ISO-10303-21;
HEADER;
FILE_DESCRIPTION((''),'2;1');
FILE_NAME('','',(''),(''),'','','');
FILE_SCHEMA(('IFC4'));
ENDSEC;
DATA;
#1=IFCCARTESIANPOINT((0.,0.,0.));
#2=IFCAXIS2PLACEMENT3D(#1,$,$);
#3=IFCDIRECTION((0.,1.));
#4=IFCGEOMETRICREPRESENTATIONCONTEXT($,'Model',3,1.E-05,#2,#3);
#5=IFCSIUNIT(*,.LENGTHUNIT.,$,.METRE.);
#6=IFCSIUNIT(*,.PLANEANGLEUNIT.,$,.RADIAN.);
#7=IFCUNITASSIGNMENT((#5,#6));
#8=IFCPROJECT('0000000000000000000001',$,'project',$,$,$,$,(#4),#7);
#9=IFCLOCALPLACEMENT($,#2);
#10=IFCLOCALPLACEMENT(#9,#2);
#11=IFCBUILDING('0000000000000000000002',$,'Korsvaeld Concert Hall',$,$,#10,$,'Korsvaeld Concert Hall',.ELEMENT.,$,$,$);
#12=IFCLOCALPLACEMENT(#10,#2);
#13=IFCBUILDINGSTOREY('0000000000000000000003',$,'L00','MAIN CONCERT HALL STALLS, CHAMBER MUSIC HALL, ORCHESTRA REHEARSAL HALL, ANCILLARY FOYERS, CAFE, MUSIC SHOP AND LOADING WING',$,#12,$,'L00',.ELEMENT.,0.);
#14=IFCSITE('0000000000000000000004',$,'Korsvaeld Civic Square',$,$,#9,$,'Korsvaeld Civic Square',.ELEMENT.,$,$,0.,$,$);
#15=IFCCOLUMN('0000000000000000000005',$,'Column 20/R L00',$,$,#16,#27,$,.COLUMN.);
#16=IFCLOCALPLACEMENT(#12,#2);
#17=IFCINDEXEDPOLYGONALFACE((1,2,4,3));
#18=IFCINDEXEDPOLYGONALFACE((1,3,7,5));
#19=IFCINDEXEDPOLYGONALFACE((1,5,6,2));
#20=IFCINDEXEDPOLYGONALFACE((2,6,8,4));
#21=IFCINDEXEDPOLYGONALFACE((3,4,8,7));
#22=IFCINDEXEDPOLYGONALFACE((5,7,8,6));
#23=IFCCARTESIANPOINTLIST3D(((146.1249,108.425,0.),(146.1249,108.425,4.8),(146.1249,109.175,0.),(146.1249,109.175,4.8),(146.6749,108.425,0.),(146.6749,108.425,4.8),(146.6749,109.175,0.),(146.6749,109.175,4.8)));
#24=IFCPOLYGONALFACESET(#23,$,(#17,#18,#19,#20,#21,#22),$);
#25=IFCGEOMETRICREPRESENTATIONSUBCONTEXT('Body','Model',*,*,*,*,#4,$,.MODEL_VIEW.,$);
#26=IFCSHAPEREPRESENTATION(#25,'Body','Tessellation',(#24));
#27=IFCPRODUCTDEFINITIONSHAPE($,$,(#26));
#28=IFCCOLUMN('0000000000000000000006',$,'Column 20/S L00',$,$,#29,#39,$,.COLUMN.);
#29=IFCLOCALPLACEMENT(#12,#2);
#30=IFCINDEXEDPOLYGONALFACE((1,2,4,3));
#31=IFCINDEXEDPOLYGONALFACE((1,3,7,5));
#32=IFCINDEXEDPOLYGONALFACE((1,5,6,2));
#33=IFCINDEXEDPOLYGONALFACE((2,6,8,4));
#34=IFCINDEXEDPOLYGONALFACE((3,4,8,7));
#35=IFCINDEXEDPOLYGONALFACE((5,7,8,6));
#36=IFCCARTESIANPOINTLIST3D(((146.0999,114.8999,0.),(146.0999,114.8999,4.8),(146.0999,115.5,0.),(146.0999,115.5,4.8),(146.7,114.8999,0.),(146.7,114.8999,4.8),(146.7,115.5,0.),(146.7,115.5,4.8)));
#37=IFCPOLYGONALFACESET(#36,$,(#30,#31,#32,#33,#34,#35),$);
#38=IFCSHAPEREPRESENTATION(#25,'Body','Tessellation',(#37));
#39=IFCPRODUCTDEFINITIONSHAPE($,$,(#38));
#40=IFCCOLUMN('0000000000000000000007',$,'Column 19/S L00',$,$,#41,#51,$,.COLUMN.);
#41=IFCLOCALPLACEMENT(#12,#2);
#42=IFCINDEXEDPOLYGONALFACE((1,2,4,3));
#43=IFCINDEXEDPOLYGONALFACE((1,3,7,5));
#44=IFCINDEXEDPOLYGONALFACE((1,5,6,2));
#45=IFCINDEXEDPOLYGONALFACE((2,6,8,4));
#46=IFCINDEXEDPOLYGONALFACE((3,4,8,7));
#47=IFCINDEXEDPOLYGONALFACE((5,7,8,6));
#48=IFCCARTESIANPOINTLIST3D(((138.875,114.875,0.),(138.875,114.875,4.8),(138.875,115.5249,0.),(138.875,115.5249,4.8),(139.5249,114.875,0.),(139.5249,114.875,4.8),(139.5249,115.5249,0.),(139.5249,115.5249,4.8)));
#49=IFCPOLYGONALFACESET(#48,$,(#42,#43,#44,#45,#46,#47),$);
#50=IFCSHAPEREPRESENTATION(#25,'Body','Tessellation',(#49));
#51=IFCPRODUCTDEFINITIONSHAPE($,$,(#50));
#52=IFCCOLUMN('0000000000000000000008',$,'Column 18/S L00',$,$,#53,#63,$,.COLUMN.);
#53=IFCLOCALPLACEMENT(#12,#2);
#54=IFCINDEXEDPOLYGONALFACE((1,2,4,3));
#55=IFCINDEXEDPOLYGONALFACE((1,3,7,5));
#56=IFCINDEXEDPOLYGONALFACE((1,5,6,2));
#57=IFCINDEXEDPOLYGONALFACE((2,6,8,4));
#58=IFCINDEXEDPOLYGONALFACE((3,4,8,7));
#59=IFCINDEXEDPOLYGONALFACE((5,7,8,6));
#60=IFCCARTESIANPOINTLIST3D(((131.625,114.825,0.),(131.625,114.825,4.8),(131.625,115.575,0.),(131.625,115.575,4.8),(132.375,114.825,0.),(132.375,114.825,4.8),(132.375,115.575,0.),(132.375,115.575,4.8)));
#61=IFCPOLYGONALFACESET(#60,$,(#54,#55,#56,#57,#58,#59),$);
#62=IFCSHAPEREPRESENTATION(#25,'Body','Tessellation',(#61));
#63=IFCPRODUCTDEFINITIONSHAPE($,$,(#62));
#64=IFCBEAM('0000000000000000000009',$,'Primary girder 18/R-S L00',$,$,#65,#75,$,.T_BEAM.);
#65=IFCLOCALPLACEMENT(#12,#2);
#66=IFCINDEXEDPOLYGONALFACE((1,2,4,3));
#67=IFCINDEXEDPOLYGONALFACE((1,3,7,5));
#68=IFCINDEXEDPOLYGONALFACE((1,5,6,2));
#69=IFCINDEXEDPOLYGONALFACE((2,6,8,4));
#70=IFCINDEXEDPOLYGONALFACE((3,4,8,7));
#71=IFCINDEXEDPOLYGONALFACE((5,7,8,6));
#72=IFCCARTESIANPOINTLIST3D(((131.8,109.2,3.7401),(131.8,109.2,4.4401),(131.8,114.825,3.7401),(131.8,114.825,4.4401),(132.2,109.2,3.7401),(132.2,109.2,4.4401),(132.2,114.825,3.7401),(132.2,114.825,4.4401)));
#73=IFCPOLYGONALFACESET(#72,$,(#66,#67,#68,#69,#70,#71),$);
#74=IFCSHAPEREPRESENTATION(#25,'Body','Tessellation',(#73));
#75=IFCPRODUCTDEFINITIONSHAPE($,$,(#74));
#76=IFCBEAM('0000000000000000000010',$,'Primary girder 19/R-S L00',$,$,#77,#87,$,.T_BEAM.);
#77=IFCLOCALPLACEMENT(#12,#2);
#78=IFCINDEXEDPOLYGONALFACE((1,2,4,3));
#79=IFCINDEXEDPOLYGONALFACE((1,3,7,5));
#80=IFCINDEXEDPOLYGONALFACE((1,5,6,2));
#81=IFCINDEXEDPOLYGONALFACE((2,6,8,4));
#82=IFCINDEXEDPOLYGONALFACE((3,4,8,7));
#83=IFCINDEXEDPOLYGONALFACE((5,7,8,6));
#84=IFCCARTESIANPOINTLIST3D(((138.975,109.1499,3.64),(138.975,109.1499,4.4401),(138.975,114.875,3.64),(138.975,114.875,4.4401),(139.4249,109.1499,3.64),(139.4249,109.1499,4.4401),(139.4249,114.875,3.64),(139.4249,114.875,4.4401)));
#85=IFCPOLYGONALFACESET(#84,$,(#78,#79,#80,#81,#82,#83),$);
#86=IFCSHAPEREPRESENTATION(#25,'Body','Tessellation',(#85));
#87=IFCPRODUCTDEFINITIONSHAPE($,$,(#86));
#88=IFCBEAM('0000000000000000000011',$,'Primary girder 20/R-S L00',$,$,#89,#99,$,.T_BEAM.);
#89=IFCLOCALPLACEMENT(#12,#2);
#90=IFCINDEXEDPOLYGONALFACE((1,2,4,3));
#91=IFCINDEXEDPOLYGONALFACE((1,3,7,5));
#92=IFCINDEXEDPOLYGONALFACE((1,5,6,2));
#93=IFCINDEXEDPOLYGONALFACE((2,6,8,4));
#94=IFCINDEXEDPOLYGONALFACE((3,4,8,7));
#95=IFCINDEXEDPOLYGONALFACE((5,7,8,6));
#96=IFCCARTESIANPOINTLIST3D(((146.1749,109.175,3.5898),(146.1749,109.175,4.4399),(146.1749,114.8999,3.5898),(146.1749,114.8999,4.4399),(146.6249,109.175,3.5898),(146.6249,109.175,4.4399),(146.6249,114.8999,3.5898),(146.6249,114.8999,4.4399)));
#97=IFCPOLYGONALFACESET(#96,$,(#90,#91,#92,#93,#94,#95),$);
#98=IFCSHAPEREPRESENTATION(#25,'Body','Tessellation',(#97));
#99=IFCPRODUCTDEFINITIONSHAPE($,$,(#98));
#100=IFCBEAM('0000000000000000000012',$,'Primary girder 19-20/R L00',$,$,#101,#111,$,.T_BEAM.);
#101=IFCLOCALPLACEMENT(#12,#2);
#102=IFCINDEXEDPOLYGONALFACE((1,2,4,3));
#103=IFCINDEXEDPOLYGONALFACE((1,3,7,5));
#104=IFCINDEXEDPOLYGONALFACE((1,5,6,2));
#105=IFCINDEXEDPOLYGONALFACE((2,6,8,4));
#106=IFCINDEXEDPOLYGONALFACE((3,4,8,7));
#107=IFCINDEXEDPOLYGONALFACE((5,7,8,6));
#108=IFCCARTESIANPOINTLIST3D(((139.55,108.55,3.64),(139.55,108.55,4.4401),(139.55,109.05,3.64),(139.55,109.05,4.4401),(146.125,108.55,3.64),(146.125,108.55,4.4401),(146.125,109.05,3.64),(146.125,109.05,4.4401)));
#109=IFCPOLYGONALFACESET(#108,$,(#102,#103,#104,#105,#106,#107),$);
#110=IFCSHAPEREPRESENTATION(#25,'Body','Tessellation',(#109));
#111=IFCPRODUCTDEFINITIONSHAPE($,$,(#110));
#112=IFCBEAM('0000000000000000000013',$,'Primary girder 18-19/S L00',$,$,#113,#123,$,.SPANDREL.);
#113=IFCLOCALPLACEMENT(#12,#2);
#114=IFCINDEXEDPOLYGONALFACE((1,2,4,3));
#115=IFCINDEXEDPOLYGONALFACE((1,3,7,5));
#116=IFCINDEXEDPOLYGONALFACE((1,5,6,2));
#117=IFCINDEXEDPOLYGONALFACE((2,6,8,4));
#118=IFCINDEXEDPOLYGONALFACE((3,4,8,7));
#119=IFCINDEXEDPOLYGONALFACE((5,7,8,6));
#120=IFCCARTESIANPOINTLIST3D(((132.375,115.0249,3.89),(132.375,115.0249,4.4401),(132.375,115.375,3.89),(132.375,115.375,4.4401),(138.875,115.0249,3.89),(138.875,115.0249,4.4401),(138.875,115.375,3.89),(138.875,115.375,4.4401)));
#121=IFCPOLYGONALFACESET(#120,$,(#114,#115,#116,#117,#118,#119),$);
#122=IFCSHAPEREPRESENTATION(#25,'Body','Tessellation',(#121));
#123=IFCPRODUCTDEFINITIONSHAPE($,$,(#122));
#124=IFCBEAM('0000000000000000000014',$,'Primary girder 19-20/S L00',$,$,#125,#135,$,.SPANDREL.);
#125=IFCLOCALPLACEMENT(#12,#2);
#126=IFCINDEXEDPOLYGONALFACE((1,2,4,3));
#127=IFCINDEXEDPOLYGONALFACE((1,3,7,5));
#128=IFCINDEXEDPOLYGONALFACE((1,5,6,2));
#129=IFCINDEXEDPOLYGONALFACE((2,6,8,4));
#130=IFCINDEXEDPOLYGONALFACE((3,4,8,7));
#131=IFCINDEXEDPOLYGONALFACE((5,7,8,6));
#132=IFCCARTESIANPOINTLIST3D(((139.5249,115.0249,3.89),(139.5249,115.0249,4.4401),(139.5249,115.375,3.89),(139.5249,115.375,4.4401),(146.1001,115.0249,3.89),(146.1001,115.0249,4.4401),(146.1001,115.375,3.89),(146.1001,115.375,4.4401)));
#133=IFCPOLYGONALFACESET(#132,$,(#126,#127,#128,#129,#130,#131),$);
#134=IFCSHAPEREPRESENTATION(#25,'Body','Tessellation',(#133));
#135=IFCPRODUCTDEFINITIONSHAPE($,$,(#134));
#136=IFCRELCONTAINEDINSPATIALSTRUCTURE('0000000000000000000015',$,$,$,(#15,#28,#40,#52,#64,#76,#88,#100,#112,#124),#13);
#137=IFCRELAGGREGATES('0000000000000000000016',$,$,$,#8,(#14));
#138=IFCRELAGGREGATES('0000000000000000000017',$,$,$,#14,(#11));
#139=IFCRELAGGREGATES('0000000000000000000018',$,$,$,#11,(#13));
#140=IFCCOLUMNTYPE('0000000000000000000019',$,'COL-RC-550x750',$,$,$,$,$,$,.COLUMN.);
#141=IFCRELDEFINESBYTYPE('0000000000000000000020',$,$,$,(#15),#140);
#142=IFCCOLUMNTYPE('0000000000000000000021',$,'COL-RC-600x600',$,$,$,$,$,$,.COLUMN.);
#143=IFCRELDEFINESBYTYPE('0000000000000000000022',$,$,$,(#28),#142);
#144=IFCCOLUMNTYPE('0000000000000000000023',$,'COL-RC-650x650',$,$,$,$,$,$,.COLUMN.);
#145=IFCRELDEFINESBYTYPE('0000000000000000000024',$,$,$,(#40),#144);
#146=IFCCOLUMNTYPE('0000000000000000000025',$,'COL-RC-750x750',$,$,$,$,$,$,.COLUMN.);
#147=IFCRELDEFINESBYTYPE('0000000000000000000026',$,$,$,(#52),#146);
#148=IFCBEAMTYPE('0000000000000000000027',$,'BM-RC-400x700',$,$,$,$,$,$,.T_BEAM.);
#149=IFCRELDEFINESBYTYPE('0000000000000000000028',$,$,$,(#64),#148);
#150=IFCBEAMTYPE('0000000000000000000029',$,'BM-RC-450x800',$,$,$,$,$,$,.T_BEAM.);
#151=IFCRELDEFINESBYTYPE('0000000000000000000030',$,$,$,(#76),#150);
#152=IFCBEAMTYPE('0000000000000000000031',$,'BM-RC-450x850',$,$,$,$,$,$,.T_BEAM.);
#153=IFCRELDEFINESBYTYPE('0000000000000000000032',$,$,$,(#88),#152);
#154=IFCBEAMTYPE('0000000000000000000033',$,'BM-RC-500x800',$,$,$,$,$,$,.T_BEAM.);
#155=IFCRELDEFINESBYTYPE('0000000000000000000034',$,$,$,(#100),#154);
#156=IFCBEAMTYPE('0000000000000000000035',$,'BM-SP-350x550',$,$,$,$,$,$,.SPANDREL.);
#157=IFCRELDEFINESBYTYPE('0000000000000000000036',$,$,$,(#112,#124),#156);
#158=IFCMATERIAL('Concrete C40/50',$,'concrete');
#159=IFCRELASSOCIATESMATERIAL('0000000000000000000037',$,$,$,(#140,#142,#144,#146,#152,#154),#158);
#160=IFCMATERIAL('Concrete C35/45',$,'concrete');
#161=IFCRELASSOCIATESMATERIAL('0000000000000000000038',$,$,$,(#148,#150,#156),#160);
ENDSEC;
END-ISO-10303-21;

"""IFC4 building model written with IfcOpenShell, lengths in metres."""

from ifc_helpers import new_model, si_unit, direction, frame, origin, origin_2d, place, context, subcontext, project, spatial, rectangle, extrude, material, material_profile, profile_set, type_object, element, save


model = new_model("IFC4")

# Units and contexts
model_context = context("Model", 3, precision=1e-05, world=origin(), true_north=direction((0.0, 1.0)))
body_context = subcontext(model_context, "Body", "Model", "MODEL_VIEW")
ifc_project = project(units=[si_unit("LENGTHUNIT", "METRE"), si_unit("PLANEANGLEUNIT", "RADIAN")], contexts=[model_context])

# Site, building, storey
site_placement = place(None, origin())
site = spatial("IfcSite", under=ifc_project, at=site_placement, Name="Korsvaeld Civic Square", LongName="Korsvaeld Civic Square", CompositionType="ELEMENT", RefElevation=0.0)
building_placement = place(site_placement, origin())
building = spatial("IfcBuilding", under=site, at=building_placement, Name="Korsvaeld Concert Hall", LongName="Korsvaeld Concert Hall", CompositionType="ELEMENT")
storey_placement = place(building_placement, origin())
storey = spatial("IfcBuildingStorey", under=building, at=storey_placement, Name="L00", Description="MAIN CONCERT HALL STALLS, CHAMBER MUSIC HALL, ORCHESTRA REHEARSAL HALL, ANCILLARY FOYERS, CAFE, MUSIC SHOP AND LOADING WING", LongName="L00", CompositionType="ELEMENT", Elevation=0.0)

# Columns
ifc_material_1 = material(Name="Concrete C40/50", Category="concrete")
ifc_material_profile_1 = material_profile(ifc_material_1, rectangle(XDim=0.55, YDim=0.75, at=origin_2d()), Name="RC 550x750")
ifc_profile_set_1 = profile_set([ifc_material_profile_1], Name="Concrete C40/50")
column_type_1 = type_object("IfcColumnType", Name="COL-RC-550x750", PredefinedType="COLUMN", material=ifc_profile_set_1)
column_1_placement = place(storey_placement, frame((146.3999, 108.8, 0.0), z_axis=(0.0, 0.0, 1.0), x_axis=(1.0, 0.0, 0.0)))
element("IfcColumn", 1, at=column_1_placement, inside=storey, type_object=column_type_1, Name="Column 20/R L00", PredefinedType="COLUMN", context=body_context, shape_type="SweptSolid", body=[
    extrude(rectangle(XDim=0.55, YDim=0.75, at=origin_2d()), origin(), (0.0, 0.0, 1.0), 4.8),
])
ifc_material_profile_2 = material_profile(ifc_material_1, rectangle(XDim=0.6001, YDim=0.6001, at=origin_2d()), Name="RC 600x600")
ifc_profile_set_2 = profile_set([ifc_material_profile_2], Name="Concrete C40/50")
column_type_2 = type_object("IfcColumnType", Name="COL-RC-600x600", PredefinedType="COLUMN", material=ifc_profile_set_2)
column_2_placement = place(storey_placement, frame((146.3999, 115.2, 0.0), z_axis=(0.0, 0.0, 1.0), x_axis=(1.0, 0.0, 0.0)))
element("IfcColumn", 2, at=column_2_placement, inside=storey, type_object=column_type_2, Name="Column 20/S L00", PredefinedType="COLUMN", context=body_context, shape_type="SweptSolid", body=[
    extrude(rectangle(XDim=0.6001, YDim=0.6001, at=origin_2d()), origin(), (0.0, 0.0, 1.0), 4.8),
])
ifc_material_profile_3 = material_profile(ifc_material_1, rectangle(XDim=0.6499, YDim=0.6499, at=origin_2d()), Name="RC 650x650")
ifc_profile_set_3 = profile_set([ifc_material_profile_3], Name="Concrete C40/50")
column_type_3 = type_object("IfcColumnType", Name="COL-RC-650x650", PredefinedType="COLUMN", material=ifc_profile_set_3)
column_3_placement = place(storey_placement, frame((139.2, 115.2, 0.0), z_axis=(0.0, 0.0, 1.0), x_axis=(1.0, 0.0, 0.0)))
element("IfcColumn", 3, at=column_3_placement, inside=storey, type_object=column_type_3, Name="Column 19/S L00", PredefinedType="COLUMN", context=body_context, shape_type="SweptSolid", body=[
    extrude(rectangle(XDim=0.6499, YDim=0.6499, at=origin_2d()), origin(), (0.0, 0.0, 1.0), 4.8),
])
ifc_material_profile_4 = material_profile(ifc_material_1, rectangle(XDim=0.75, YDim=0.75, at=origin_2d()), Name="RC 750x750")
ifc_profile_set_4 = profile_set([ifc_material_profile_4], Name="Concrete C40/50")
column_type_4 = type_object("IfcColumnType", Name="COL-RC-750x750", PredefinedType="COLUMN", material=ifc_profile_set_4)
column_4_placement = place(storey_placement, frame((132.0, 115.2, 0.0), z_axis=(0.0, 0.0, 1.0), x_axis=(1.0, 0.0, 0.0)))
element("IfcColumn", 4, at=column_4_placement, inside=storey, type_object=column_type_4, Name="Column 18/S L00", PredefinedType="COLUMN", context=body_context, shape_type="SweptSolid", body=[
    extrude(rectangle(XDim=0.75, YDim=0.75, at=origin_2d()), origin(), (0.0, 0.0, 1.0), 4.8),
])

# Beams
ifc_material_2 = material(Name="Concrete C35/45", Category="concrete")
ifc_material_profile_5 = material_profile(ifc_material_2, rectangle(XDim=0.3999, YDim=0.7, at=origin_2d()), Name="RC 400x700")
ifc_profile_set_5 = profile_set([ifc_material_profile_5], Name="Concrete C35/45")
beam_type_1 = type_object("IfcBeamType", Name="BM-RC-400x700", PredefinedType="T_BEAM", material=ifc_profile_set_5)
beam_1_placement = place(storey_placement, frame((132.0, 109.2, 4.0901), z_axis=(0.0, 1.0, 0.0), x_axis=(-1.0, 0.0, 0.0)))
element("IfcBeam", 5, at=beam_1_placement, inside=storey, type_object=beam_type_1, Name="Primary girder 18/R-S L00", PredefinedType="T_BEAM", context=body_context, shape_type="SweptSolid", body=[
    extrude(rectangle(XDim=0.3999, YDim=0.7, at=origin_2d()), origin(), (0.0, 0.0, 1.0), 5.625),
])
ifc_material_profile_6 = material_profile(ifc_material_2, rectangle(XDim=0.45, YDim=0.8, at=origin_2d()), Name="RC 450x800")
ifc_profile_set_6 = profile_set([ifc_material_profile_6], Name="Concrete C35/45")
beam_type_2 = type_object("IfcBeamType", Name="BM-RC-450x800", PredefinedType="T_BEAM", material=ifc_profile_set_6)
beam_2_placement = place(storey_placement, frame((139.2, 109.1499, 4.04), z_axis=(0.0, 1.0, 0.0), x_axis=(-1.0, 0.0, 0.0)))
element("IfcBeam", 6, at=beam_2_placement, inside=storey, type_object=beam_type_2, Name="Primary girder 19/R-S L00", PredefinedType="T_BEAM", context=body_context, shape_type="SweptSolid", body=[
    extrude(rectangle(XDim=0.45, YDim=0.8, at=origin_2d()), origin(), (0.0, 0.0, 1.0), 5.7251),
])
ifc_material_profile_7 = material_profile(ifc_material_1, rectangle(XDim=0.45, YDim=0.8501, at=origin_2d()), Name="RC 450x850")
ifc_profile_set_7 = profile_set([ifc_material_profile_7], Name="Concrete C40/50")
beam_type_3 = type_object("IfcBeamType", Name="BM-RC-450x850", PredefinedType="T_BEAM", material=ifc_profile_set_7)
beam_3_placement = place(storey_placement, frame((146.3999, 109.175, 4.0149), z_axis=(0.0, 1.0, 0.0), x_axis=(-1.0, 0.0, 0.0)))
element("IfcBeam", 7, at=beam_3_placement, inside=storey, type_object=beam_type_3, Name="Primary girder 20/R-S L00", PredefinedType="T_BEAM", context=body_context, shape_type="SweptSolid", body=[
    extrude(rectangle(XDim=0.45, YDim=0.8501, at=origin_2d()), origin(), (0.0, 0.0, 1.0), 5.7249),
])
ifc_material_profile_8 = material_profile(ifc_material_1, rectangle(XDim=0.5, YDim=0.8, at=origin_2d()), Name="RC 500x800")
ifc_profile_set_8 = profile_set([ifc_material_profile_8], Name="Concrete C40/50")
beam_type_4 = type_object("IfcBeamType", Name="BM-RC-500x800", PredefinedType="T_BEAM", material=ifc_profile_set_8)
beam_4_placement = place(storey_placement, frame((139.55, 108.8, 4.04), z_axis=(1.0, 0.0, 0.0), x_axis=(0.0, 1.0, 0.0)))
element("IfcBeam", 8, at=beam_4_placement, inside=storey, type_object=beam_type_4, Name="Primary girder 19-20/R L00", PredefinedType="T_BEAM", context=body_context, shape_type="SweptSolid", body=[
    extrude(rectangle(XDim=0.5, YDim=0.8, at=origin_2d()), origin(), (0.0, 0.0, 1.0), 6.575),
])
ifc_material_profile_9 = material_profile(ifc_material_2, rectangle(XDim=0.3501, YDim=0.55, at=origin_2d()), Name="RC 350x550")
ifc_profile_set_9 = profile_set([ifc_material_profile_9], Name="Concrete C35/45")
beam_type_5 = type_object("IfcBeamType", Name="BM-SP-350x550", PredefinedType="SPANDREL", material=ifc_profile_set_9)
beam_5_placement = place(storey_placement, frame((132.375, 115.2, 4.165), z_axis=(1.0, 0.0, 0.0), x_axis=(0.0, 1.0, 0.0)))
element("IfcBeam", 9, at=beam_5_placement, inside=storey, type_object=beam_type_5, Name="Primary girder 18-19/S L00", PredefinedType="SPANDREL", context=body_context, shape_type="SweptSolid", body=[
    extrude(rectangle(XDim=0.3501, YDim=0.55, at=origin_2d()), origin(), (0.0, 0.0, 1.0), 6.5),
])
beam_6_placement = place(storey_placement, frame((139.5249, 115.2, 4.165), z_axis=(1.0, 0.0, 0.0), x_axis=(0.0, 1.0, 0.0)))
element("IfcBeam", 10, at=beam_6_placement, inside=storey, type_object=beam_type_5, Name="Primary girder 19-20/S L00", PredefinedType="SPANDREL", context=body_context, shape_type="SweptSolid", body=[
    extrude(rectangle(XDim=0.3501, YDim=0.55, at=origin_2d()), origin(), (0.0, 0.0, 1.0), 6.5752),
])

save(model, "model.ifc")
